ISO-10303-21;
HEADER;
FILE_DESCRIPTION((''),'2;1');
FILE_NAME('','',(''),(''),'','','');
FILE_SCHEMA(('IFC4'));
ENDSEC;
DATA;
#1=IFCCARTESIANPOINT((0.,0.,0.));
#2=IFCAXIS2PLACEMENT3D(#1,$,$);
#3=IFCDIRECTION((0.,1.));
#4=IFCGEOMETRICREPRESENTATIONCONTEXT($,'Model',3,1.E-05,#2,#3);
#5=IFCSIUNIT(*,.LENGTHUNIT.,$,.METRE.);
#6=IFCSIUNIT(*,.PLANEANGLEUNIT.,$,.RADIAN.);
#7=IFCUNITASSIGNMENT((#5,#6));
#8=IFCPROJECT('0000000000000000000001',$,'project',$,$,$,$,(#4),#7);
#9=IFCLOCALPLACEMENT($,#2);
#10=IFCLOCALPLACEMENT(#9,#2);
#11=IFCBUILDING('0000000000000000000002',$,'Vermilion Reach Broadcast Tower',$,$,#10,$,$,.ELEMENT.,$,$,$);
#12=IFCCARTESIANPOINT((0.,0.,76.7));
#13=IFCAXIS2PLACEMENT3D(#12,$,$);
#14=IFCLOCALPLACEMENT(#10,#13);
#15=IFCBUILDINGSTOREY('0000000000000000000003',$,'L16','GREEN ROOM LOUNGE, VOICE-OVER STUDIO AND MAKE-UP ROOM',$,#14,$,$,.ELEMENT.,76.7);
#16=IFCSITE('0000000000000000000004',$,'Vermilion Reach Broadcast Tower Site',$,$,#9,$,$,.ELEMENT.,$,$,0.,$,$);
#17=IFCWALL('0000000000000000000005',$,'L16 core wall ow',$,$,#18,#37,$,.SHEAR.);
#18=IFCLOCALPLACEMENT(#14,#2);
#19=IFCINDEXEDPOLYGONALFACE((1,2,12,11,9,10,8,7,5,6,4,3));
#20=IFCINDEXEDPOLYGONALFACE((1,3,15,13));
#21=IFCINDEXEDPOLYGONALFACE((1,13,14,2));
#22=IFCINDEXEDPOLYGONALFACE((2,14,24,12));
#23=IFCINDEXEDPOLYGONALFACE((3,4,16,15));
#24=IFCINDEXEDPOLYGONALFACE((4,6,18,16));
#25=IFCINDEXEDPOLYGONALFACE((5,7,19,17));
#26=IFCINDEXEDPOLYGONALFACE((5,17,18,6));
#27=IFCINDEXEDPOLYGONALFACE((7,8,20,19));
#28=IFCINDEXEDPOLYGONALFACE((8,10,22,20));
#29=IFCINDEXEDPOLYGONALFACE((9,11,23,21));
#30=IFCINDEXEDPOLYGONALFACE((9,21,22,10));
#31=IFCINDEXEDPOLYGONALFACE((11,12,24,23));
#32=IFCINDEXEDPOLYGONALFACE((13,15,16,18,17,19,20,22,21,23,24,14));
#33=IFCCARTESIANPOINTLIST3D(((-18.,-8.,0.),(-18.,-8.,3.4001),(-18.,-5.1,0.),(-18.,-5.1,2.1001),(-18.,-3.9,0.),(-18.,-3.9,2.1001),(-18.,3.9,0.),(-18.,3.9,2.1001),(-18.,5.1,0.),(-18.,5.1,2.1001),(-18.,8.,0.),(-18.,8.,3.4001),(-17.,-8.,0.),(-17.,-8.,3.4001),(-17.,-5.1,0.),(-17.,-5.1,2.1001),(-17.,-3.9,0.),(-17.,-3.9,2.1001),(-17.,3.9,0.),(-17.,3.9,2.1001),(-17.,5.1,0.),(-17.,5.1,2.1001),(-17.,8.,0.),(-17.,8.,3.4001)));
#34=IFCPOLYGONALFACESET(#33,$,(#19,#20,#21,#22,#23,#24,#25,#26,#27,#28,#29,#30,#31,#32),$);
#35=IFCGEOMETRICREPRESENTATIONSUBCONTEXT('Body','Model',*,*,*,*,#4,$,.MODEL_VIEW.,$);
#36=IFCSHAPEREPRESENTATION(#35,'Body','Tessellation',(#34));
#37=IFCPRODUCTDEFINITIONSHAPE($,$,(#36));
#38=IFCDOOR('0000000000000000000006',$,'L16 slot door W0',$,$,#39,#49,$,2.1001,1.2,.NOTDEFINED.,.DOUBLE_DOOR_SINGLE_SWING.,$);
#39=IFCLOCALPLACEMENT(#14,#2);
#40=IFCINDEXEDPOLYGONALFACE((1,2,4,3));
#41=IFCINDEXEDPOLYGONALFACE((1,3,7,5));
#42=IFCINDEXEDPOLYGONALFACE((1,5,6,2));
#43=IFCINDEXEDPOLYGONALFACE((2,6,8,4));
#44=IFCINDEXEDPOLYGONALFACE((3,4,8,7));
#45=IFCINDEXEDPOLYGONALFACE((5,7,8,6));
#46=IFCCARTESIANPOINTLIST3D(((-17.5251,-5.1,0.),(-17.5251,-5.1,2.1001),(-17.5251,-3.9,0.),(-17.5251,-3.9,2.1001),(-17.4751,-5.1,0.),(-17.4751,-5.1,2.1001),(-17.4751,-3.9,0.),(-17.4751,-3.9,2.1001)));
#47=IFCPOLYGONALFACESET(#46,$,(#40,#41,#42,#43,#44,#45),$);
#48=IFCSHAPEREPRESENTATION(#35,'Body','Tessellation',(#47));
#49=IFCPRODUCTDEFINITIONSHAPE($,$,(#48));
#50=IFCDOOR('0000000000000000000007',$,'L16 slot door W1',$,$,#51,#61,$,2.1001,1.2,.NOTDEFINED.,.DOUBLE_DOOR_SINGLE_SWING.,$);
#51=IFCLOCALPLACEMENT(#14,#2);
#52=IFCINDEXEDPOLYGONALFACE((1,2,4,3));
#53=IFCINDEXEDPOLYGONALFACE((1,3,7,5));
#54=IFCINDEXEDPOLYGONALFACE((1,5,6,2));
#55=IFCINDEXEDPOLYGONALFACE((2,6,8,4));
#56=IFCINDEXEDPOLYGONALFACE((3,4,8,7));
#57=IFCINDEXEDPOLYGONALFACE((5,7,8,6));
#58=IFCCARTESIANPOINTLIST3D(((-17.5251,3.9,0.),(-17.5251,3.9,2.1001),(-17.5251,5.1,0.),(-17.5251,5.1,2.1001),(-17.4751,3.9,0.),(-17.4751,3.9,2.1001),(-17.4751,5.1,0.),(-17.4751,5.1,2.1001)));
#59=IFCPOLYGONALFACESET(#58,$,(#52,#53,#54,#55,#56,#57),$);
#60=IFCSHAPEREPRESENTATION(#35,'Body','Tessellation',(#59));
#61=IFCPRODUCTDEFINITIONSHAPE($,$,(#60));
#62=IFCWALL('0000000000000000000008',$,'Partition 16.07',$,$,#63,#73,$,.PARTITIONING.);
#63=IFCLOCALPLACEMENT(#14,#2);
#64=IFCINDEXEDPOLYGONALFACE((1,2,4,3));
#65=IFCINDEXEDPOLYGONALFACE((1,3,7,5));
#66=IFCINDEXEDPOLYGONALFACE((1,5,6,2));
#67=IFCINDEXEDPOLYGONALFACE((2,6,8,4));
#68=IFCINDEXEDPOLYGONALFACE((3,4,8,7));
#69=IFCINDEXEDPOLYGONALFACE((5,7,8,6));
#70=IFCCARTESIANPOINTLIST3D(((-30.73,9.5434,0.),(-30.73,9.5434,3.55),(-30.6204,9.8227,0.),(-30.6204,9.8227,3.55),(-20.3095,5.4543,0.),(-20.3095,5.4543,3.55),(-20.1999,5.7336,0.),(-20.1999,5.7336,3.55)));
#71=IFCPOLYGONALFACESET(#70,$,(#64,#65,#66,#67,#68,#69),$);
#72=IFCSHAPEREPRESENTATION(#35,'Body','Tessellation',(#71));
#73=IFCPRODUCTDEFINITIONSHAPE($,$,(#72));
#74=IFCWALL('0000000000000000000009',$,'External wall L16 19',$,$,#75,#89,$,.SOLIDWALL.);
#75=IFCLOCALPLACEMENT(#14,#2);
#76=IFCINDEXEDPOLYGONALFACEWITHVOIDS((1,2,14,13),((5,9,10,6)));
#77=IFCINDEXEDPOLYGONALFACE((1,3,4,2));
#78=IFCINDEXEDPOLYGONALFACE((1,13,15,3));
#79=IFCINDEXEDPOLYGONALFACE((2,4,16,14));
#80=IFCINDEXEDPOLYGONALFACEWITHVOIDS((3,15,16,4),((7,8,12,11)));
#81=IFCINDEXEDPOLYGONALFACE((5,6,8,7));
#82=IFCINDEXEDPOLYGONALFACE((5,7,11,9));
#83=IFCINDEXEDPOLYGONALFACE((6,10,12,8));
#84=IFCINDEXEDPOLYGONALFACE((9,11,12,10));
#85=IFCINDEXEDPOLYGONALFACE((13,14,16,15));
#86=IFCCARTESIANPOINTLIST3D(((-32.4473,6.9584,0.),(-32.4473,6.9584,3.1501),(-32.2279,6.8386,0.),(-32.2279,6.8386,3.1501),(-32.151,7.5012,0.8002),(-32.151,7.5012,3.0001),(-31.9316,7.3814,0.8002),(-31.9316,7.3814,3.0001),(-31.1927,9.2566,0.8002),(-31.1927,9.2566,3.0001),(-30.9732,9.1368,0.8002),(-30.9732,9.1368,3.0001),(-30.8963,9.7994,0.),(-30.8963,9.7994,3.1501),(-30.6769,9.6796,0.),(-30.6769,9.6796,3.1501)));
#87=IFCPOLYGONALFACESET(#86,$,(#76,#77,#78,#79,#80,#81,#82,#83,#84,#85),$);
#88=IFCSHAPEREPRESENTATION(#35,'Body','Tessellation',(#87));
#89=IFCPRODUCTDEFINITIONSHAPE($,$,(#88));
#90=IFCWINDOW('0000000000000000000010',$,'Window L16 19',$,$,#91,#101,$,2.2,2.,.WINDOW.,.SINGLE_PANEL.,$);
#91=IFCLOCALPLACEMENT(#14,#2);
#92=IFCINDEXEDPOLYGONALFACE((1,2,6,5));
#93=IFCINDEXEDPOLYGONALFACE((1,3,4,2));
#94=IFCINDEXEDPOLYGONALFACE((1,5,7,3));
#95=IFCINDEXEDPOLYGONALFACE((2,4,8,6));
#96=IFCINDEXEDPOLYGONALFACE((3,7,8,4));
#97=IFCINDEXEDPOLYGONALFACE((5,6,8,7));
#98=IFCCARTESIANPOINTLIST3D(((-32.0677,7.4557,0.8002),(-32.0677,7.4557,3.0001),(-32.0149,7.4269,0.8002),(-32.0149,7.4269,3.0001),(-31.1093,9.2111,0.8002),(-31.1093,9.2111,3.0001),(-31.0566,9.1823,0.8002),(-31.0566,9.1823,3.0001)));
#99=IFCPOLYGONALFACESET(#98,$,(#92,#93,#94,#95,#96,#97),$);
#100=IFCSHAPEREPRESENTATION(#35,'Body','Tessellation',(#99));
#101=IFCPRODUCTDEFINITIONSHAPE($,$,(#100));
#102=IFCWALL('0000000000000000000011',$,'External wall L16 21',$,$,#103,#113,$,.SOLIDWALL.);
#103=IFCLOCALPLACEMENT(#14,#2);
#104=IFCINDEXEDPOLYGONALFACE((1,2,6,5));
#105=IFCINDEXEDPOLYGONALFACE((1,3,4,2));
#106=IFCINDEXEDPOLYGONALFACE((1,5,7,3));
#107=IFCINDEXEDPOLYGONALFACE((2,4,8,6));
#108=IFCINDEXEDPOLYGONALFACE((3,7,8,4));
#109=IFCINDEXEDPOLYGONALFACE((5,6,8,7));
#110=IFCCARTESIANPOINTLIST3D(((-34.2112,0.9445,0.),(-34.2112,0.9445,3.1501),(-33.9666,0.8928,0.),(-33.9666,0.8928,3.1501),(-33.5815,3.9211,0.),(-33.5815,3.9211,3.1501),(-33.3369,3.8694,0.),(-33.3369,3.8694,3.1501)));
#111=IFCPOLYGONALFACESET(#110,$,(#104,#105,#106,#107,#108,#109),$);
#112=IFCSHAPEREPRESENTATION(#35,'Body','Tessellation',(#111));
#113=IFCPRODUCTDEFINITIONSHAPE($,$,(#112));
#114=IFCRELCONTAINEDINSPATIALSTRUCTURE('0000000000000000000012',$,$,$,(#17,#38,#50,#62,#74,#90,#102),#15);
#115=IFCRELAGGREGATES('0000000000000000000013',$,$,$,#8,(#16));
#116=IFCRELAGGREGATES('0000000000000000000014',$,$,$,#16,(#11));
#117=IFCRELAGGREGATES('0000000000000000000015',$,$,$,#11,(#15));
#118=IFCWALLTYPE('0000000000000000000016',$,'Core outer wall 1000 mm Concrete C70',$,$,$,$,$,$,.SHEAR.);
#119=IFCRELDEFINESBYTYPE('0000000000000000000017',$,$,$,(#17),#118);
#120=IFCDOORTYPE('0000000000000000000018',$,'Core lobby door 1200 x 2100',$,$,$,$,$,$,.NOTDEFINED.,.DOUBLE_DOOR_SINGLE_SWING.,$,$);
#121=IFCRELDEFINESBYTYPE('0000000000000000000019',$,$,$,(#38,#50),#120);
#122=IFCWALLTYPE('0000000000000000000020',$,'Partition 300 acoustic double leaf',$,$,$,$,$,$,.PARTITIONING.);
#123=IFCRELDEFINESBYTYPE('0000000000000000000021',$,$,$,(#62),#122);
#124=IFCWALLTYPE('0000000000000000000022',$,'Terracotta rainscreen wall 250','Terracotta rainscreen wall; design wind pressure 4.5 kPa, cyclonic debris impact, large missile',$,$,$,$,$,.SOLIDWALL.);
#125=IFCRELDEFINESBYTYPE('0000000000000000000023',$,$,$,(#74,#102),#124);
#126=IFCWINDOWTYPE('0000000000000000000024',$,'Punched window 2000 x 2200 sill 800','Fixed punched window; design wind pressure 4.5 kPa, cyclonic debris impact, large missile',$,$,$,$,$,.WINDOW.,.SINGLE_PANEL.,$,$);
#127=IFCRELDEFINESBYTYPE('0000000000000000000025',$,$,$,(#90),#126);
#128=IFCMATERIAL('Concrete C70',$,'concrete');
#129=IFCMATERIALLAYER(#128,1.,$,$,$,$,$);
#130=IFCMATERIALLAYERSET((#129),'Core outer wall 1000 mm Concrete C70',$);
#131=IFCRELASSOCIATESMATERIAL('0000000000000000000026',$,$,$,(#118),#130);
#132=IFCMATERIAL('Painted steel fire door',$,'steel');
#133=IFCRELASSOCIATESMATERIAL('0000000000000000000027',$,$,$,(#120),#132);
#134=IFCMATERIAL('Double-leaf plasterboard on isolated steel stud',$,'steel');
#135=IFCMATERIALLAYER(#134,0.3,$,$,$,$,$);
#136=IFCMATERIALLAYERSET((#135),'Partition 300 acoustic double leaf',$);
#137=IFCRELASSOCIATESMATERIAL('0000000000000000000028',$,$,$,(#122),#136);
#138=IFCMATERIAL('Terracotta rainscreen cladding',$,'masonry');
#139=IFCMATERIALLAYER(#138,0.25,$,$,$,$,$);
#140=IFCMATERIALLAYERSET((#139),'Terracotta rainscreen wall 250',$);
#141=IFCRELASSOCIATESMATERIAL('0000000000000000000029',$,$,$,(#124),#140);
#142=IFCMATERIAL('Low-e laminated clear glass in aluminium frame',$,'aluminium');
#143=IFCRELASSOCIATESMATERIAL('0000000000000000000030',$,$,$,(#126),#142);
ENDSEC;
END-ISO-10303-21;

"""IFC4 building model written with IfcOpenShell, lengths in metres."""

from ifc_helpers import new_model, si_unit, direction, frame, frame_2d, origin, place, context, subcontext, project, spatial, rectangle, extrude, material, layer, layer_set, type_object, element, fill, save


model = new_model("IFC4")

# Units and contexts
model_context = context("Model", 3, precision=1e-05, world=origin(), true_north=direction((0.0, 1.0)))
body_context = subcontext(model_context, "Body", "Model", "MODEL_VIEW")
ifc_project = project(units=[si_unit("LENGTHUNIT", "METRE"), si_unit("PLANEANGLEUNIT", "RADIAN")], contexts=[model_context])

# Site, building, storey
site_placement = place(None, origin())
site = spatial("IfcSite", under=ifc_project, at=site_placement, Name="Vermilion Reach Broadcast Tower Site", CompositionType="ELEMENT", RefElevation=0.0)
building_placement = place(site_placement, origin())
building = spatial("IfcBuilding", under=site, at=building_placement, Name="Vermilion Reach Broadcast Tower", CompositionType="ELEMENT")
storey_placement = place(building_placement, frame((0.0, 0.0, 76.7)))
storey = spatial("IfcBuildingStorey", under=building, at=storey_placement, Name="L16", Description="GREEN ROOM LOUNGE, VOICE-OVER STUDIO AND MAKE-UP ROOM", CompositionType="ELEMENT", Elevation=76.7)

# Wall, openings, doors
ifc_material_1 = material(Name="Concrete C70", Category="concrete")
ifc_layer_1 = layer(ifc_material_1, 1.0)
ifc_layer_set_1 = layer_set([ifc_layer_1], Name="Core outer wall 1000 mm Concrete C70")
wall_type_1 = type_object("IfcWallType", Name="Core outer wall 1000 mm Concrete C70", PredefinedType="SHEAR", material=ifc_layer_set_1)
wall_1_placement = place(storey_placement, frame((-17.5, 8.0, 0.0), z_axis=(0.0, 0.0, 1.0), x_axis=(0.0, -1.0, 0.0)))
wall_1 = element("IfcWall", 1, at=wall_1_placement, inside=storey, type_object=wall_type_1, Name="L16 core wall ow", PredefinedType="SHEAR", context=body_context, shape_type="SweptSolid", body=[
    extrude(rectangle(XDim=16.0, YDim=1.0, at=frame_2d((8.0, 0.0))), origin(), (0.0, 0.0, 1.0), 3.4001),
])
opening_1_placement = place(wall_1_placement, frame((11.8999, 0.0, 0.0)))
opening_1 = element("IfcOpeningElement", 2, at=opening_1_placement, cuts=wall_1, PredefinedType="OPENING", context=body_context, shape_type="SweptSolid", body=[
    extrude(rectangle(XDim=1.2, YDim=2.1001, at=frame_2d((0.6001, 1.05))), frame((0.0, 0.51, 0.0), z_axis=(0.0, -1.0, 0.0), x_axis=(1.0, 0.0, 0.0)), (0.0, 0.0, 1.0), 1.02),
])
opening_2_placement = place(wall_1_placement, frame((2.8999, 0.0, 0.0)))
opening_2 = element("IfcOpeningElement", 3, at=opening_2_placement, cuts=wall_1, PredefinedType="OPENING", context=body_context, shape_type="SweptSolid", body=[
    extrude(rectangle(XDim=1.2, YDim=2.1001, at=frame_2d((0.6001, 1.05))), frame((0.0, 0.51, 0.0), z_axis=(0.0, -1.0, 0.0), x_axis=(1.0, 0.0, 0.0)), (0.0, 0.0, 1.0), 1.02),
])
ifc_material_2 = material(Name="Painted steel fire door", Category="steel")
door_type_1 = type_object("IfcDoorType", Name="Core lobby door 1200 x 2100", OperationType="DOUBLE_DOOR_SINGLE_SWING", PredefinedType="NOTDEFINED", material=ifc_material_2)
door_1_placement = place(opening_1_placement, origin())
door_1 = element("IfcDoor", 4, at=door_1_placement, inside=storey, type_object=door_type_1, Name="L16 slot door W0", OperationType="DOUBLE_DOOR_SINGLE_SWING", OverallHeight=2.1001, OverallWidth=1.2, PredefinedType="NOTDEFINED", context=body_context, shape_type="SweptSolid", body=[
    extrude(rectangle(XDim=1.2, YDim=2.1001, at=frame_2d((0.6001, 1.05))), frame((0.0, 0.0249, 0.0), z_axis=(0.0, -1.0, 0.0), x_axis=(1.0, 0.0, 0.0)), (0.0, 0.0, 1.0), 0.05),
])
fill(opening_1, door_1)
door_2_placement = place(opening_2_placement, origin())
door_2 = element("IfcDoor", 5, at=door_2_placement, inside=storey, type_object=door_type_1, Name="L16 slot door W1", OperationType="DOUBLE_DOOR_SINGLE_SWING", OverallHeight=2.1001, OverallWidth=1.2, PredefinedType="NOTDEFINED", context=body_context, shape_type="SweptSolid", body=[
    extrude(rectangle(XDim=1.2, YDim=2.1001, at=frame_2d((0.6001, 1.05))), frame((0.0, 0.0249, 0.0), z_axis=(0.0, -1.0, 0.0), x_axis=(1.0, 0.0, 0.0)), (0.0, 0.0, 1.0), 0.05),
])
fill(opening_2, door_2)

# Wall
ifc_material_3 = material(Name="Double-leaf plasterboard on isolated steel stud", Category="steel")
ifc_layer_2 = layer(ifc_material_3, 0.3)
ifc_layer_set_2 = layer_set([ifc_layer_2], Name="Partition 300 acoustic double leaf")
wall_type_2 = type_object("IfcWallType", Name="Partition 300 acoustic double leaf", PredefinedType="PARTITIONING", material=ifc_layer_set_2)
wall_2_placement = place(storey_placement, frame((-30.6753, 9.6831, 0.0), z_axis=(0.0, 0.0, 1.0), x_axis=(0.930892, -0.365295, 0.0)))
element("IfcWall", 6, at=wall_2_placement, inside=storey, type_object=wall_type_2, Name="Partition 16.07", PredefinedType="PARTITIONING", context=body_context, shape_type="SweptSolid", body=[
    extrude(rectangle(XDim=11.1941, YDim=0.3, at=frame_2d((5.5972, 0.0))), origin(), (0.0, 0.0, 1.0), 3.55),
])

# Wall, opening, window
ifc_material_4 = material(Name="Terracotta rainscreen cladding", Category="masonry")
ifc_layer_3 = layer(ifc_material_4, 0.25)
ifc_layer_set_3 = layer_set([ifc_layer_3], Name="Terracotta rainscreen wall 250")
wall_type_3 = type_object("IfcWallType", Name="Terracotta rainscreen wall 250", Description="Terracotta rainscreen wall; design wind pressure 4.5 kPa, cyclonic debris impact, large missile", PredefinedType="SOLIDWALL", material=ifc_layer_set_3)
wall_3_placement = place(storey_placement, frame((-30.7866, 9.7395, 0.0), z_axis=(0.0, 0.0, 1.0), x_axis=(-0.479174, -0.87772, 0.0)))
wall_3 = element("IfcWall", 7, at=wall_3_placement, inside=storey, type_object=wall_type_3, Name="External wall L16 19", PredefinedType="SOLIDWALL", context=body_context, shape_type="SweptSolid", body=[
    extrude(rectangle(XDim=3.2368, YDim=0.25, at=frame_2d((1.6184, 0.0))), origin(), (0.0, 0.0, 1.0), 3.1501),
])
opening_3_placement = place(wall_3_placement, frame((0.6184, 0.0, 0.8)))
opening_3 = element("IfcOpeningElement", 8, at=opening_3_placement, cuts=wall_3, PredefinedType="OPENING", context=body_context, shape_type="SweptSolid", body=[
    extrude(rectangle(XDim=2.0, YDim=2.2, at=frame_2d((1.0, 1.1001))), frame((0.0, 0.135, 0.0), z_axis=(0.0, -1.0, 0.0), x_axis=(1.0, 0.0, 0.0)), (0.0, 0.0, 1.0), 0.27),
])
ifc_material_5 = material(Name="Low-e laminated clear glass in aluminium frame", Category="aluminium")
window_type = type_object("IfcWindowType", Name="Punched window 2000 x 2200 sill 800", Description="Fixed punched window; design wind pressure 4.5 kPa, cyclonic debris impact, large missile", PartitioningType="SINGLE_PANEL", PredefinedType="WINDOW", material=ifc_material_5)
window_placement = place(opening_3_placement, origin())
window = element("IfcWindow", 9, at=window_placement, inside=storey, type_object=window_type, Name="Window L16 19", OverallHeight=2.2, OverallWidth=2.0, PartitioningType="SINGLE_PANEL", PredefinedType="WINDOW", context=body_context, shape_type="SweptSolid", body=[
    extrude(rectangle(XDim=2.0, YDim=2.2, at=frame_2d((1.0, 1.1001))), frame((0.0, 0.03, 0.0), z_axis=(0.0, -1.0, 0.0), x_axis=(1.0, 0.0, 0.0)), (0.0, 0.0, 1.0), 0.0601),
])
fill(opening_3, window)

# Wall
wall_4_placement = place(storey_placement, frame((-33.4592, 3.8953, 0.0), z_axis=(0.0, 0.0, 1.0), x_axis=(-0.206953, -0.978351, 0.0)))
element("IfcWall", 10, at=wall_4_placement, inside=storey, type_object=wall_type_3, Name="External wall L16 21", PredefinedType="SOLIDWALL", context=body_context, shape_type="SweptSolid", body=[
    extrude(rectangle(XDim=3.0425, YDim=0.25, at=frame_2d((1.5212, 0.0))), origin(), (0.0, 0.0, 1.0), 3.1501),
])

save(model, "model.ifc")
